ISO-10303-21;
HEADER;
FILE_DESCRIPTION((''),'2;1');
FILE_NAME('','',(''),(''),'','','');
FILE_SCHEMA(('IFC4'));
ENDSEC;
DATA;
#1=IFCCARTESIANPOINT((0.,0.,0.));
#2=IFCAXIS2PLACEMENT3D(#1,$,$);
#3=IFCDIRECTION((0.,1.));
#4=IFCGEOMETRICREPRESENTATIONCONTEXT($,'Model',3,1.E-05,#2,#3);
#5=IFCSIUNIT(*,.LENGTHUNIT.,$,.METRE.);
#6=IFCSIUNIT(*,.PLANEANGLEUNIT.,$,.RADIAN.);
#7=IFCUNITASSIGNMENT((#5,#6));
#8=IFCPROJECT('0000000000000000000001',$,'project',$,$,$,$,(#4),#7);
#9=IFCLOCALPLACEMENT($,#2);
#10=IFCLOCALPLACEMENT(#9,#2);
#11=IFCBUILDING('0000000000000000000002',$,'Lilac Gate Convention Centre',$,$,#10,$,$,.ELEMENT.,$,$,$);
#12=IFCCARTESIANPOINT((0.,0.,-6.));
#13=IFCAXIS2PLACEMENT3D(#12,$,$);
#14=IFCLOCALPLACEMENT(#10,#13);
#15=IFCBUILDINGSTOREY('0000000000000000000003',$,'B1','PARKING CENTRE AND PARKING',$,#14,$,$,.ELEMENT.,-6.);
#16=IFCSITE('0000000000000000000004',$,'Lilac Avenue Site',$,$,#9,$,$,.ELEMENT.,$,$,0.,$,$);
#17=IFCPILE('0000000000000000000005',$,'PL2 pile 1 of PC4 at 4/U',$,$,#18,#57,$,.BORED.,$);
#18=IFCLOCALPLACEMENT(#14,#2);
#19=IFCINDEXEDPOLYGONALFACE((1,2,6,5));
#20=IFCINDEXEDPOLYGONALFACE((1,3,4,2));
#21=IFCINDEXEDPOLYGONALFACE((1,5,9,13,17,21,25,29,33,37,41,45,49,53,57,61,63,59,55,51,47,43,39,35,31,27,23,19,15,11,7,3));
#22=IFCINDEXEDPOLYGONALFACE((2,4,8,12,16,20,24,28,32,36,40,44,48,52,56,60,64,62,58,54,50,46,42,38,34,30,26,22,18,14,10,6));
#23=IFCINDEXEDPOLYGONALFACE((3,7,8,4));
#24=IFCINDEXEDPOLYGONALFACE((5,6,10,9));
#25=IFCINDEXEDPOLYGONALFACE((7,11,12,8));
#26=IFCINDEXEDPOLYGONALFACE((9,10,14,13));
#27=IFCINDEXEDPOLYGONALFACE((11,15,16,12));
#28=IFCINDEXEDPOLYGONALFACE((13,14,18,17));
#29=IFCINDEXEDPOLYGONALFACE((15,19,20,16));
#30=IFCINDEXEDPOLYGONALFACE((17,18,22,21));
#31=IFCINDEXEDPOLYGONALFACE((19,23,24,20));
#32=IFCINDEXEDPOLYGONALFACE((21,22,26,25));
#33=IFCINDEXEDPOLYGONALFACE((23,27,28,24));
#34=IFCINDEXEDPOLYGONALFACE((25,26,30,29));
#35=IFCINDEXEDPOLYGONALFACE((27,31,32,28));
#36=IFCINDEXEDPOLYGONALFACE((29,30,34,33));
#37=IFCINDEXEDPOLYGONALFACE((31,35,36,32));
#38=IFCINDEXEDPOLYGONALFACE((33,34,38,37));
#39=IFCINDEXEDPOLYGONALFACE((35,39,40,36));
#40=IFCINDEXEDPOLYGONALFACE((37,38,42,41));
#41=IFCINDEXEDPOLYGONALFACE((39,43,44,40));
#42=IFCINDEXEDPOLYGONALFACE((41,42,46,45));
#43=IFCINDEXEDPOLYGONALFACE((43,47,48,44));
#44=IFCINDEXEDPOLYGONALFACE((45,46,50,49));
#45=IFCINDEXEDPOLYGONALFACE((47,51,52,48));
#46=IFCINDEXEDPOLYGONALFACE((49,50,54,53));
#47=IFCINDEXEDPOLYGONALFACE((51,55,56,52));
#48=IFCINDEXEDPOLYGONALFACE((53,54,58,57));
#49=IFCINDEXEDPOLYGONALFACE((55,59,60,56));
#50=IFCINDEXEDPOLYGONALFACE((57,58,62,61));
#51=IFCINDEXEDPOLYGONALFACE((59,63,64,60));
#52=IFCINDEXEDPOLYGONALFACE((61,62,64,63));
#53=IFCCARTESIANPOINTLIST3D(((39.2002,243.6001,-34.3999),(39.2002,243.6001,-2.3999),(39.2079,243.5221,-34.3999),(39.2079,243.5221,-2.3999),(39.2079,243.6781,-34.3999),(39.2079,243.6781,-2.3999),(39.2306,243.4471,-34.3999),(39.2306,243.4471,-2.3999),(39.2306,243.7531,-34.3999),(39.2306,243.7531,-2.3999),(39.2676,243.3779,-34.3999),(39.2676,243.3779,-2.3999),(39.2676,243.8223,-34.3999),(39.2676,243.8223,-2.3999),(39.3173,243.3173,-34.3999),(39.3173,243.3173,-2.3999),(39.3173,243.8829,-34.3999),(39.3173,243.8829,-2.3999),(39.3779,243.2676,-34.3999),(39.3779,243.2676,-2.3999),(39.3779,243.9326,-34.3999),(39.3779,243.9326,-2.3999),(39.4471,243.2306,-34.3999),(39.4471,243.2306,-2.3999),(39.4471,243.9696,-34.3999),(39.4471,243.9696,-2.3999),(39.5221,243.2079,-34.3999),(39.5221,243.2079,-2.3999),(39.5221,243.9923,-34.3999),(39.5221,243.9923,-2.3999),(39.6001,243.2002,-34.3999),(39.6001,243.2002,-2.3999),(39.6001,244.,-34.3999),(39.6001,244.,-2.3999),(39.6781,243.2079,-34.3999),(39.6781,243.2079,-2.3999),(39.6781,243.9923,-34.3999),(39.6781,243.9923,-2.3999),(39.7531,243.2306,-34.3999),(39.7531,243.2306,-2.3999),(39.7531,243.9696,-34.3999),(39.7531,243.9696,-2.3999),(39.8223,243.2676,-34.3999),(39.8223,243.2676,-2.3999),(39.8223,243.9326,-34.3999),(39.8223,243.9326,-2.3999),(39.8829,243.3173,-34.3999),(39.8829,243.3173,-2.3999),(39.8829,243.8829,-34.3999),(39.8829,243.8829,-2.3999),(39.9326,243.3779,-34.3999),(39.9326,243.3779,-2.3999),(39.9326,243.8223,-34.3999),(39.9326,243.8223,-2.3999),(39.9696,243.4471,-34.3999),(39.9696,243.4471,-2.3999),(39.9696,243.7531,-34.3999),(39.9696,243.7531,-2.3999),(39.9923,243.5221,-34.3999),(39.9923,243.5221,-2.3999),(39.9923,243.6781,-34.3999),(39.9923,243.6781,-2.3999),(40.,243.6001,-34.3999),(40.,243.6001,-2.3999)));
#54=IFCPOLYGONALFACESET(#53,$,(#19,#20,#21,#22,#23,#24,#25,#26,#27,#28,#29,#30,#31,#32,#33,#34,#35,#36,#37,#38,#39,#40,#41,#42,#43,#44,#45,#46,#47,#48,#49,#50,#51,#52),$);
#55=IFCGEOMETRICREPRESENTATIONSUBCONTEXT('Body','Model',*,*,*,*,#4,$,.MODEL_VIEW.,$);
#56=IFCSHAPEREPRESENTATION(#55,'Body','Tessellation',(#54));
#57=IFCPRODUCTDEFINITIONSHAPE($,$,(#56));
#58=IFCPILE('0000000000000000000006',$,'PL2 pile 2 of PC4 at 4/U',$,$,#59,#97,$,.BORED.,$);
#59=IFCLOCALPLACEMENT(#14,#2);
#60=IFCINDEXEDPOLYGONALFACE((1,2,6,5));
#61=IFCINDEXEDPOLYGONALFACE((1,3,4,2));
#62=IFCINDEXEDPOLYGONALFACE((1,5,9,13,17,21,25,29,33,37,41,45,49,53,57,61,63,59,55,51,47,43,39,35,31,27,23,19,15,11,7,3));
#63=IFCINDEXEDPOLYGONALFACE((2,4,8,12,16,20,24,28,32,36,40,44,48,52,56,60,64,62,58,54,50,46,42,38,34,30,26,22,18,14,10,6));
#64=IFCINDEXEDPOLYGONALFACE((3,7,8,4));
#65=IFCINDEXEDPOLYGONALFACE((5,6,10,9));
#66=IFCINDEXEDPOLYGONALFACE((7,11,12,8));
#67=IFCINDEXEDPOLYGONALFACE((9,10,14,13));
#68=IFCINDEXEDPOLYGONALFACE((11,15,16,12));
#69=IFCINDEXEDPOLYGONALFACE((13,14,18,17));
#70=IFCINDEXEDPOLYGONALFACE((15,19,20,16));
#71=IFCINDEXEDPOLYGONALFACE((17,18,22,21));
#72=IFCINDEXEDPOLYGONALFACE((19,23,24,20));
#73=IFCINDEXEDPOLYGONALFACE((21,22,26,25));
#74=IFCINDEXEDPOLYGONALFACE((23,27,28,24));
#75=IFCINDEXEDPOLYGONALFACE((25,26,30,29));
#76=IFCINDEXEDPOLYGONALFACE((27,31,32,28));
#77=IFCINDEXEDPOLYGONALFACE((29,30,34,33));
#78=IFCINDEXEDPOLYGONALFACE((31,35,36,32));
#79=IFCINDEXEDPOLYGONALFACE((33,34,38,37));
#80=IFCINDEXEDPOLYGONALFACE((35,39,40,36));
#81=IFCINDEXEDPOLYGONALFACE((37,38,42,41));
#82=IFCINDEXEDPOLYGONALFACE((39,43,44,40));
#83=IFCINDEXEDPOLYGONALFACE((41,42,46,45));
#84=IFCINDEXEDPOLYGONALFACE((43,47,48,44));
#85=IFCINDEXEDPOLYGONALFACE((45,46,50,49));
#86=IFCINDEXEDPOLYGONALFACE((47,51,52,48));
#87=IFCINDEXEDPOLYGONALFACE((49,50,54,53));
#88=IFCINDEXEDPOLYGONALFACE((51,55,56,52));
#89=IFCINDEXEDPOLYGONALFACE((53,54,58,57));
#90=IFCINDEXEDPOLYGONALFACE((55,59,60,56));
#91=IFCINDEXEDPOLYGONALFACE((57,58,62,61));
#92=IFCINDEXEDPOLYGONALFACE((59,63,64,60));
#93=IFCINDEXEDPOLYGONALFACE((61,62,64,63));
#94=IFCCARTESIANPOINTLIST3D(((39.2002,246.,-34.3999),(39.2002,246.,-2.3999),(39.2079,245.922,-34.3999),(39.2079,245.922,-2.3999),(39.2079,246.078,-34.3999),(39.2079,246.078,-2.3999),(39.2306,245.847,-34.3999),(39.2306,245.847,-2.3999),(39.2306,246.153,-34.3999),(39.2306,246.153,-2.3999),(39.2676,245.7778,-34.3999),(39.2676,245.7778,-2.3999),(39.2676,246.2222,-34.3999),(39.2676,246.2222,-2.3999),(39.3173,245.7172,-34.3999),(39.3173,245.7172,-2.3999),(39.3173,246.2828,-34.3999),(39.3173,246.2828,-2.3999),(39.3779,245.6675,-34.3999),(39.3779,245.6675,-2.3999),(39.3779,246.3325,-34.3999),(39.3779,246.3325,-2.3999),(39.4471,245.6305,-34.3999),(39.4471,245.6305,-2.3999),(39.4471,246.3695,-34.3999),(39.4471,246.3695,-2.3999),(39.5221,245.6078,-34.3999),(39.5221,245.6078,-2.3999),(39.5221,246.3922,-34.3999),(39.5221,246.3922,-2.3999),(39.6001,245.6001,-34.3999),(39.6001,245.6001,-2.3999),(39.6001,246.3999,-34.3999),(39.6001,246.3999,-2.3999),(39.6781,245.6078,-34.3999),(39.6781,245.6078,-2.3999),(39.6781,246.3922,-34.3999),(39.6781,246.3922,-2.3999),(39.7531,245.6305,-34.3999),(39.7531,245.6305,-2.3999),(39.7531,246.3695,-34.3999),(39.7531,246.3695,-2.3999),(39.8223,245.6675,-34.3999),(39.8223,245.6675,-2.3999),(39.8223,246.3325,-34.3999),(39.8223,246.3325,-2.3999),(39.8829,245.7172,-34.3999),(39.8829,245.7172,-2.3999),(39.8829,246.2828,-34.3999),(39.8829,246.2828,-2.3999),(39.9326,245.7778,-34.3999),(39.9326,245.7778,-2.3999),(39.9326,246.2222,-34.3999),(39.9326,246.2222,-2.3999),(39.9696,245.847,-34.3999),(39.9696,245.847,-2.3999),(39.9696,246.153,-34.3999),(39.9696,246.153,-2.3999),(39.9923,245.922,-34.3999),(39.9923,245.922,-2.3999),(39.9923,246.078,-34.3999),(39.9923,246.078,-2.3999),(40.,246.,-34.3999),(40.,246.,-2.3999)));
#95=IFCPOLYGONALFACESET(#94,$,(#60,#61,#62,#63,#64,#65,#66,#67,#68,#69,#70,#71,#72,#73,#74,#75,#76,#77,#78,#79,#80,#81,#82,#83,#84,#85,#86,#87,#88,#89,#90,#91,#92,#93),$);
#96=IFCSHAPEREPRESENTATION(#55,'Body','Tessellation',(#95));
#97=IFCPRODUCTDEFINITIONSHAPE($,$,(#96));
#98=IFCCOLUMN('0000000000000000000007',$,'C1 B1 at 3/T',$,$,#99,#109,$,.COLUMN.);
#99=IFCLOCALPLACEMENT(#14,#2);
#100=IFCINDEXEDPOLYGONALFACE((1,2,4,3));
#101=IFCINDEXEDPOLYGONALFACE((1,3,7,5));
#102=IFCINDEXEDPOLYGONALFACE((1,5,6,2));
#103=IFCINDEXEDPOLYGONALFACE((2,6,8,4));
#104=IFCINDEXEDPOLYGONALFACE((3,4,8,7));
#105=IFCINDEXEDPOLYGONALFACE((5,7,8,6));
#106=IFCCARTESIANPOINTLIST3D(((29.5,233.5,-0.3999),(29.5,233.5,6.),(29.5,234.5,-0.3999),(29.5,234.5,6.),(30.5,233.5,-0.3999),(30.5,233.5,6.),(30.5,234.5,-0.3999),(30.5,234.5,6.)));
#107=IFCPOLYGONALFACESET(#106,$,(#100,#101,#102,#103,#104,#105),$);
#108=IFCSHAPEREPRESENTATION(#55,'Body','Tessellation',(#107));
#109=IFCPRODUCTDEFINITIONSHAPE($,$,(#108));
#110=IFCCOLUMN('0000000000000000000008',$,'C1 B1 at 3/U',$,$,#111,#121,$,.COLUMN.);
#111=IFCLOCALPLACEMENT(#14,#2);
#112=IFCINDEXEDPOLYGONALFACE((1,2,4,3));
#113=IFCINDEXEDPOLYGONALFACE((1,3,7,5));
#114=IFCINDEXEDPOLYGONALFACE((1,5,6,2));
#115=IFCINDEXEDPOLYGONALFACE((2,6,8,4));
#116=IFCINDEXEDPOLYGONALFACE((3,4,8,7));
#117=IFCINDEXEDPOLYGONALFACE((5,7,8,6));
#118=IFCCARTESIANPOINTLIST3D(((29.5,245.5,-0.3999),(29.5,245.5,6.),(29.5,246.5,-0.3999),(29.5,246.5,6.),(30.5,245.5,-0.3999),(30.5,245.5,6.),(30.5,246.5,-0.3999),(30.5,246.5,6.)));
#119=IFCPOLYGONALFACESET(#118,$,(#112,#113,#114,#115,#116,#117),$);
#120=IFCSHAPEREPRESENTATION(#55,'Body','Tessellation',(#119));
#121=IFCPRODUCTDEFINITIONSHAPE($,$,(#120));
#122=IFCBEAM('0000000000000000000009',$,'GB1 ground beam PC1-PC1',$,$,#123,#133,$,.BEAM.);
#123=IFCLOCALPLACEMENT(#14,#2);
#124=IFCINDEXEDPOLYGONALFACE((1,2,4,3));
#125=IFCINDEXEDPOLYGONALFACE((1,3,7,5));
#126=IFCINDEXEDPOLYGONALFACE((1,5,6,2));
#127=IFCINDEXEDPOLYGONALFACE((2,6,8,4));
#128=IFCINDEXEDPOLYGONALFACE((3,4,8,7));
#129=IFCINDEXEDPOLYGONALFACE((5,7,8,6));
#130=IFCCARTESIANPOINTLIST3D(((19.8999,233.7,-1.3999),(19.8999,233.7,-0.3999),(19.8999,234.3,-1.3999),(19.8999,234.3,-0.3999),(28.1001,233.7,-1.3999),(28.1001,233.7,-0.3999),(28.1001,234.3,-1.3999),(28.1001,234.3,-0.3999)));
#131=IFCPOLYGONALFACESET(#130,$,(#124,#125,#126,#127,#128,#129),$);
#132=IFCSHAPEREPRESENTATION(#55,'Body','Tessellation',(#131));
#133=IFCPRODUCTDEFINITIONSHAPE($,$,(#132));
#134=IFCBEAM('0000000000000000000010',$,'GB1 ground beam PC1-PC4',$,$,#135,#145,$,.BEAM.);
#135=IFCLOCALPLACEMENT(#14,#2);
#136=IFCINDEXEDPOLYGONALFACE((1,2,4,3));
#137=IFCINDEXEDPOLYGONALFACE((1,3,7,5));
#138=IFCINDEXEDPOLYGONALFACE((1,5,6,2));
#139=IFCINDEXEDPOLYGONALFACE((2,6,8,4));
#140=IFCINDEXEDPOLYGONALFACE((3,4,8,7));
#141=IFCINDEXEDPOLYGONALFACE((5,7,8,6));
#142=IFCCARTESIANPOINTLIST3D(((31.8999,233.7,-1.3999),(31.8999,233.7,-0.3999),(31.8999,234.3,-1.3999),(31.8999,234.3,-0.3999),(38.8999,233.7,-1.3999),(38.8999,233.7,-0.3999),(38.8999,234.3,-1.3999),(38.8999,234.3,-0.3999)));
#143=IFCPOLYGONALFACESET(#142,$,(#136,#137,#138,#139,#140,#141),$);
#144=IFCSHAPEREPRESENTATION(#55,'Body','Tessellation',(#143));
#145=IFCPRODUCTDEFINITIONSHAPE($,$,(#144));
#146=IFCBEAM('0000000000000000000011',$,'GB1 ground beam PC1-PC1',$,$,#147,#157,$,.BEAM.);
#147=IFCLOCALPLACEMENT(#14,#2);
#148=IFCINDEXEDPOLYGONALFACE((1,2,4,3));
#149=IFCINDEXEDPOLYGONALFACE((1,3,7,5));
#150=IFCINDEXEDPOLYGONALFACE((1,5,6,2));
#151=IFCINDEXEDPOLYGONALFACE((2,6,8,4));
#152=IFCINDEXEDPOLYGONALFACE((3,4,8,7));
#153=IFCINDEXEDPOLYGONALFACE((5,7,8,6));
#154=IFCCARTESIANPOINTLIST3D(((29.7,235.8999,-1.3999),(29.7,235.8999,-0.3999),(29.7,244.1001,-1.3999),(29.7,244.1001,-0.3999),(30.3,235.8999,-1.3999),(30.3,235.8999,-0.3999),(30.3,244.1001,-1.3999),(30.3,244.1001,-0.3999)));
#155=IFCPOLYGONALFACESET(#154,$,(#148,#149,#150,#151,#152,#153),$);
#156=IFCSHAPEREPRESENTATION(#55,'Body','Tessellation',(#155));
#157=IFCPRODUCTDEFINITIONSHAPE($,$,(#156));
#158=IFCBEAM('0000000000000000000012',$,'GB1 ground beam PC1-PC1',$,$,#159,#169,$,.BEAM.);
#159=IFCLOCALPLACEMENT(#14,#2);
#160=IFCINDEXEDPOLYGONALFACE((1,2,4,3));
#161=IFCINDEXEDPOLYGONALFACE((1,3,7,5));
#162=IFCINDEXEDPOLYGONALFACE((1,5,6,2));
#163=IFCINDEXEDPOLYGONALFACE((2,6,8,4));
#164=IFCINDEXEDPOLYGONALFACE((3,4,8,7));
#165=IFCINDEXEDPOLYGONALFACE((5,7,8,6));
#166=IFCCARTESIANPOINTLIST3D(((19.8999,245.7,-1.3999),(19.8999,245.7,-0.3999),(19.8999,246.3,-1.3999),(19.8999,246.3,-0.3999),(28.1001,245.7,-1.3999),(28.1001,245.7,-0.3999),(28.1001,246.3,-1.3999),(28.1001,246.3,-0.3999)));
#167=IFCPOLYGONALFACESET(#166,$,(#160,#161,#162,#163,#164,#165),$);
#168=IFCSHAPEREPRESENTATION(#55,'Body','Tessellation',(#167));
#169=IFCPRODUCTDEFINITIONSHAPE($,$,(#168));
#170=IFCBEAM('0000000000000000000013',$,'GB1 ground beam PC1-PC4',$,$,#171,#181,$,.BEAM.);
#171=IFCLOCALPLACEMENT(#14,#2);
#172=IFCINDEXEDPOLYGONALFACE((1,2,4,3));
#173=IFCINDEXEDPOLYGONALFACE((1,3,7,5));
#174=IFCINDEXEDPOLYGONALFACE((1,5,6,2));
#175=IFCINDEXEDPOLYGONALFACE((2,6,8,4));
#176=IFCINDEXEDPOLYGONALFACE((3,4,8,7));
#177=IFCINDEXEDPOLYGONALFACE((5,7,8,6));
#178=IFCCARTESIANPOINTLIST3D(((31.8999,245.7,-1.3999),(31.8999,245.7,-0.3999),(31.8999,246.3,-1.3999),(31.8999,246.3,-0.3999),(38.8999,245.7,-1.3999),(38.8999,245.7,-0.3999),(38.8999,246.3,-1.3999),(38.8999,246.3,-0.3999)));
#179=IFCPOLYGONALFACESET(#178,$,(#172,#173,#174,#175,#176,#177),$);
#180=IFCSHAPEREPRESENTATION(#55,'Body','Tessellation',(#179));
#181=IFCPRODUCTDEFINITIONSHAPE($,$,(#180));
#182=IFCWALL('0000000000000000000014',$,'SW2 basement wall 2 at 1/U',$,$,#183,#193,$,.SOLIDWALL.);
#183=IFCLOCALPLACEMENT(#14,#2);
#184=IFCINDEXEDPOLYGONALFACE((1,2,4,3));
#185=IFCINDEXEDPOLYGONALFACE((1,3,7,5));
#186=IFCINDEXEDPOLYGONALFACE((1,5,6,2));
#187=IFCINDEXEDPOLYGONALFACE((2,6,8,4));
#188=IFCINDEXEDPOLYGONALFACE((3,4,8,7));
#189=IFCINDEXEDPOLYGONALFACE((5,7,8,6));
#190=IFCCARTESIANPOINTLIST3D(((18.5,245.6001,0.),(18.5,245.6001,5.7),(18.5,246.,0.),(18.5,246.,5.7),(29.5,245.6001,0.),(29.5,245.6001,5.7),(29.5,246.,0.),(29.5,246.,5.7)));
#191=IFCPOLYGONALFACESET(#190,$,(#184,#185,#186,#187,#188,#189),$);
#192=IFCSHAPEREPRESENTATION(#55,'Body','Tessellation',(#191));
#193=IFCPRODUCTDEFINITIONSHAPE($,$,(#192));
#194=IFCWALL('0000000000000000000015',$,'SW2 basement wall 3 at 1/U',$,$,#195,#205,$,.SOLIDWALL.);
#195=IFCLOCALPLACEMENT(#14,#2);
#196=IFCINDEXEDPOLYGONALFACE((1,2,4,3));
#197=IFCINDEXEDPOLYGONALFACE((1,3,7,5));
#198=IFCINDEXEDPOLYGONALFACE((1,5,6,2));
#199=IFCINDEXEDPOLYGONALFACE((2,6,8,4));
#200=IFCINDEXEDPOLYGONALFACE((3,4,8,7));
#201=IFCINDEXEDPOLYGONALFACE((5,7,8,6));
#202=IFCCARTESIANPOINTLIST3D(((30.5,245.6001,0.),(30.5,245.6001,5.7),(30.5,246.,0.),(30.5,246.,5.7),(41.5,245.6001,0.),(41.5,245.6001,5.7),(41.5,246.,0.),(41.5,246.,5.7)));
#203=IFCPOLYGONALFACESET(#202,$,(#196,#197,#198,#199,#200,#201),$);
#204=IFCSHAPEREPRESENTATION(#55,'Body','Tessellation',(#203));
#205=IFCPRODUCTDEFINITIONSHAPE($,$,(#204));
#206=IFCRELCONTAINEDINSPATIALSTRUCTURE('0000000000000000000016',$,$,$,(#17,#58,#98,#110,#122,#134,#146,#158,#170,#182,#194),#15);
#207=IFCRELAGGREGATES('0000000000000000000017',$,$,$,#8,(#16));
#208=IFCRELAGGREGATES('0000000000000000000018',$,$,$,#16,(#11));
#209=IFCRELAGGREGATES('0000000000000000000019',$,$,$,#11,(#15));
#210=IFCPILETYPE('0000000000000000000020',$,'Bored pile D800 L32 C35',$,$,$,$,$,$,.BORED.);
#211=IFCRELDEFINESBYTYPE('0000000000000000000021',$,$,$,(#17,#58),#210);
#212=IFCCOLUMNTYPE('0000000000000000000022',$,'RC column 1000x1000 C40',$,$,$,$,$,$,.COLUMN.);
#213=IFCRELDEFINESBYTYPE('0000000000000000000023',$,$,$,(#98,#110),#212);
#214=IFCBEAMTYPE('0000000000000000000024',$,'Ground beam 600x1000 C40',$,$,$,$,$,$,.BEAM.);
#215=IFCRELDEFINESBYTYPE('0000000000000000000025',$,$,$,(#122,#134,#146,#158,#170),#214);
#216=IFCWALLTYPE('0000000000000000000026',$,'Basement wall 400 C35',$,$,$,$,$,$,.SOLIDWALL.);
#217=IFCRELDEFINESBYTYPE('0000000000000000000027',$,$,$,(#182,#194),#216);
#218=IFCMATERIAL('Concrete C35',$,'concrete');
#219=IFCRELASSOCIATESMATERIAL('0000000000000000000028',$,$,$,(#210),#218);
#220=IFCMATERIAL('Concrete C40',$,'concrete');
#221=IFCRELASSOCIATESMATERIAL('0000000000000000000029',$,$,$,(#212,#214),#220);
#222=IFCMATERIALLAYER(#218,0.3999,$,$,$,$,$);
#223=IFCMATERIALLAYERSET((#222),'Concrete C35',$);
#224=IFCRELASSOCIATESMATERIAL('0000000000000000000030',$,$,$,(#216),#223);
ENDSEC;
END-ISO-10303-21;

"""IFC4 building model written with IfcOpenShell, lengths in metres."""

from ifc_helpers import new_model, si_unit, direction, frame, frame_2d, origin, origin_2d, place, context, subcontext, project, spatial, rectangle, circle, extrude, material, layer, layer_set, material_profile, profile_set, type_object, element, save


model = new_model("IFC4")

# Units and contexts
model_context = context("Model", 3, precision=1e-05, world=origin(), true_north=direction((0.0, 1.0)))
body_context = subcontext(model_context, "Body", "Model", "MODEL_VIEW")
ifc_project = project(units=[si_unit("LENGTHUNIT", "METRE"), si_unit("PLANEANGLEUNIT", "RADIAN")], contexts=[model_context])

# Site, building, storey
site_placement = place(None, origin())
site = spatial("IfcSite", under=ifc_project, at=site_placement, Name="Lilac Avenue Site", CompositionType="ELEMENT", RefElevation=0.0)
building_placement = place(site_placement, origin())
building = spatial("IfcBuilding", under=site, at=building_placement, Name="Lilac Gate Convention Centre", CompositionType="ELEMENT")
storey_placement = place(building_placement, frame((0.0, 0.0, -6.0)))
storey = spatial("IfcBuildingStorey", under=building, at=storey_placement, Name="B1", Description="PARKING CENTRE AND PARKING", CompositionType="ELEMENT", Elevation=-6.0)

# Piles
ifc_material_1 = material(Name="Concrete C35", Category="concrete")
ifc_material_profile_1 = material_profile(ifc_material_1, circle(Radius=0.3999, at=origin_2d()), Name="D800")
ifc_profile_set_1 = profile_set([ifc_material_profile_1], Name="Concrete C35")
pile_type_1 = type_object("IfcPileType", Name="Bored pile D800 L32 C35", PredefinedType="BORED", material=ifc_profile_set_1)
for number, where, z_axis, x_axis, name in (
    (1, (39.6001, 243.6001, -2.3999), (0.0, 0.0, -1.0), (1.0, 0.0, 0.0), "PL2 pile 1 of PC4 at 4/U"),
    (2, (39.6001, 246.0, -2.3999), (0.0, 0.0, -1.0), (1.0, 0.0, 0.0), "PL2 pile 2 of PC4 at 4/U"),
):
    element("IfcPile", number, at=place(storey_placement, frame(where, z_axis=z_axis, x_axis=x_axis)), inside=storey, type_object=pile_type_1, Name=name, PredefinedType="BORED", context=body_context, shape_type="SweptSolid", body=[
        extrude(circle(Radius=0.3999, at=origin_2d()), origin(), (0.0, 0.0, 1.0), 32.0),
    ])

# Columns
ifc_material_2 = material(Name="Concrete C40", Category="concrete")
ifc_material_profile_2 = material_profile(ifc_material_2, rectangle(XDim=1.0, YDim=1.0, at=origin_2d()), Name="RC 1000x1000")
ifc_profile_set_2 = profile_set([ifc_material_profile_2], Name="Concrete C40")
column_type = type_object("IfcColumnType", Name="RC column 1000x1000 C40", PredefinedType="COLUMN", material=ifc_profile_set_2)
for number, where, z_axis, x_axis, name in (
    (3, (30.0, 234.0, -0.3999), (0.0, 0.0, 1.0), (1.0, 0.0, 0.0), "C1 B1 at 3/T"),
    (4, (30.0, 246.0, -0.3999), (0.0, 0.0, 1.0), (1.0, 0.0, 0.0), "C1 B1 at 3/U"),
):
    element("IfcColumn", number, at=place(storey_placement, frame(where, z_axis=z_axis, x_axis=x_axis)), inside=storey, type_object=column_type, Name=name, PredefinedType="COLUMN", context=body_context, shape_type="SweptSolid", body=[
        extrude(rectangle(XDim=1.0, YDim=1.0, at=origin_2d()), origin(), (0.0, 0.0, 1.0), 6.3999),
    ])

# Beams
ifc_material_profile_3 = material_profile(ifc_material_2, rectangle(XDim=0.6001, YDim=1.0, at=origin_2d()), Name="RC 600x1000")
ifc_profile_set_3 = profile_set([ifc_material_profile_3], Name="Concrete C40")
beam_type = type_object("IfcBeamType", Name="Ground beam 600x1000 C40", PredefinedType="BEAM", material=ifc_profile_set_3)
beam_1_placement = place(storey_placement, frame((19.8999, 234.0, -0.8999), z_axis=(1.0, 0.0, 0.0), x_axis=(0.0, 1.0, 0.0)))
element("IfcBeam", 5, at=beam_1_placement, inside=storey, type_object=beam_type, Name="GB1 ground beam PC1-PC1", PredefinedType="BEAM", context=body_context, shape_type="SweptSolid", body=[
    extrude(rectangle(XDim=0.6001, YDim=1.0, at=origin_2d()), origin(), (0.0, 0.0, 1.0), 8.2002),
])
beam_2_placement = place(storey_placement, frame((31.8999, 234.0, -0.8999), z_axis=(1.0, 0.0, 0.0), x_axis=(0.0, 1.0, 0.0)))
element("IfcBeam", 6, at=beam_2_placement, inside=storey, type_object=beam_type, Name="GB1 ground beam PC1-PC4", PredefinedType="BEAM", context=body_context, shape_type="SweptSolid", body=[
    extrude(rectangle(XDim=0.6001, YDim=1.0, at=origin_2d()), origin(), (0.0, 0.0, 1.0), 7.0),
])
for number, where, z_axis, x_axis, name in (
    (7, (30.0, 235.8999, -0.8999), (0.0, 1.0, 0.0), (-1.0, 0.0, 0.0), "GB1 ground beam PC1-PC1"),
    (8, (19.8999, 246.0, -0.8999), (1.0, 0.0, 0.0), (0.0, 1.0, 0.0), "GB1 ground beam PC1-PC1"),
):
    element("IfcBeam", number, at=place(storey_placement, frame(where, z_axis=z_axis, x_axis=x_axis)), inside=storey, type_object=beam_type, Name=name, PredefinedType="BEAM", context=body_context, shape_type="SweptSolid", body=[
        extrude(rectangle(XDim=0.6001, YDim=1.0, at=origin_2d()), origin(), (0.0, 0.0, 1.0), 8.2002),
    ])
beam_3_placement = place(storey_placement, frame((31.8999, 246.0, -0.8999), z_axis=(1.0, 0.0, 0.0), x_axis=(0.0, 1.0, 0.0)))
element("IfcBeam", 9, at=beam_3_placement, inside=storey, type_object=beam_type, Name="GB1 ground beam PC1-PC4", PredefinedType="BEAM", context=body_context, shape_type="SweptSolid", body=[
    extrude(rectangle(XDim=0.6001, YDim=1.0, at=origin_2d()), origin(), (0.0, 0.0, 1.0), 7.0),
])

# Walls
ifc_layer_1 = layer(ifc_material_1, 0.3999)
ifc_layer_set_1 = layer_set([ifc_layer_1], Name="Concrete C35")
wall_type_1 = type_object("IfcWallType", Name="Basement wall 400 C35", PredefinedType="SOLIDWALL", material=ifc_layer_set_1)
for number, where, z_axis, x_axis, name in (
    (10, (18.5, 245.8, 0.0), (0.0, 0.0, 1.0), (1.0, 0.0, 0.0), "SW2 basement wall 2 at 1/U"),
    (11, (30.5, 245.8, 0.0), (0.0, 0.0, 1.0), (1.0, 0.0, 0.0), "SW2 basement wall 3 at 1/U"),
):
    element("IfcWall", number, at=place(storey_placement, frame(where, z_axis=z_axis, x_axis=x_axis)), inside=storey, type_object=wall_type_1, Name=name, PredefinedType="SOLIDWALL", context=body_context, shape_type="SweptSolid", body=[
        extrude(rectangle(XDim=11.0, YDim=0.3999, at=frame_2d((5.5, 0.0))), origin(), (0.0, 0.0, 1.0), 5.7),
    ])

save(model, "model.ifc")
